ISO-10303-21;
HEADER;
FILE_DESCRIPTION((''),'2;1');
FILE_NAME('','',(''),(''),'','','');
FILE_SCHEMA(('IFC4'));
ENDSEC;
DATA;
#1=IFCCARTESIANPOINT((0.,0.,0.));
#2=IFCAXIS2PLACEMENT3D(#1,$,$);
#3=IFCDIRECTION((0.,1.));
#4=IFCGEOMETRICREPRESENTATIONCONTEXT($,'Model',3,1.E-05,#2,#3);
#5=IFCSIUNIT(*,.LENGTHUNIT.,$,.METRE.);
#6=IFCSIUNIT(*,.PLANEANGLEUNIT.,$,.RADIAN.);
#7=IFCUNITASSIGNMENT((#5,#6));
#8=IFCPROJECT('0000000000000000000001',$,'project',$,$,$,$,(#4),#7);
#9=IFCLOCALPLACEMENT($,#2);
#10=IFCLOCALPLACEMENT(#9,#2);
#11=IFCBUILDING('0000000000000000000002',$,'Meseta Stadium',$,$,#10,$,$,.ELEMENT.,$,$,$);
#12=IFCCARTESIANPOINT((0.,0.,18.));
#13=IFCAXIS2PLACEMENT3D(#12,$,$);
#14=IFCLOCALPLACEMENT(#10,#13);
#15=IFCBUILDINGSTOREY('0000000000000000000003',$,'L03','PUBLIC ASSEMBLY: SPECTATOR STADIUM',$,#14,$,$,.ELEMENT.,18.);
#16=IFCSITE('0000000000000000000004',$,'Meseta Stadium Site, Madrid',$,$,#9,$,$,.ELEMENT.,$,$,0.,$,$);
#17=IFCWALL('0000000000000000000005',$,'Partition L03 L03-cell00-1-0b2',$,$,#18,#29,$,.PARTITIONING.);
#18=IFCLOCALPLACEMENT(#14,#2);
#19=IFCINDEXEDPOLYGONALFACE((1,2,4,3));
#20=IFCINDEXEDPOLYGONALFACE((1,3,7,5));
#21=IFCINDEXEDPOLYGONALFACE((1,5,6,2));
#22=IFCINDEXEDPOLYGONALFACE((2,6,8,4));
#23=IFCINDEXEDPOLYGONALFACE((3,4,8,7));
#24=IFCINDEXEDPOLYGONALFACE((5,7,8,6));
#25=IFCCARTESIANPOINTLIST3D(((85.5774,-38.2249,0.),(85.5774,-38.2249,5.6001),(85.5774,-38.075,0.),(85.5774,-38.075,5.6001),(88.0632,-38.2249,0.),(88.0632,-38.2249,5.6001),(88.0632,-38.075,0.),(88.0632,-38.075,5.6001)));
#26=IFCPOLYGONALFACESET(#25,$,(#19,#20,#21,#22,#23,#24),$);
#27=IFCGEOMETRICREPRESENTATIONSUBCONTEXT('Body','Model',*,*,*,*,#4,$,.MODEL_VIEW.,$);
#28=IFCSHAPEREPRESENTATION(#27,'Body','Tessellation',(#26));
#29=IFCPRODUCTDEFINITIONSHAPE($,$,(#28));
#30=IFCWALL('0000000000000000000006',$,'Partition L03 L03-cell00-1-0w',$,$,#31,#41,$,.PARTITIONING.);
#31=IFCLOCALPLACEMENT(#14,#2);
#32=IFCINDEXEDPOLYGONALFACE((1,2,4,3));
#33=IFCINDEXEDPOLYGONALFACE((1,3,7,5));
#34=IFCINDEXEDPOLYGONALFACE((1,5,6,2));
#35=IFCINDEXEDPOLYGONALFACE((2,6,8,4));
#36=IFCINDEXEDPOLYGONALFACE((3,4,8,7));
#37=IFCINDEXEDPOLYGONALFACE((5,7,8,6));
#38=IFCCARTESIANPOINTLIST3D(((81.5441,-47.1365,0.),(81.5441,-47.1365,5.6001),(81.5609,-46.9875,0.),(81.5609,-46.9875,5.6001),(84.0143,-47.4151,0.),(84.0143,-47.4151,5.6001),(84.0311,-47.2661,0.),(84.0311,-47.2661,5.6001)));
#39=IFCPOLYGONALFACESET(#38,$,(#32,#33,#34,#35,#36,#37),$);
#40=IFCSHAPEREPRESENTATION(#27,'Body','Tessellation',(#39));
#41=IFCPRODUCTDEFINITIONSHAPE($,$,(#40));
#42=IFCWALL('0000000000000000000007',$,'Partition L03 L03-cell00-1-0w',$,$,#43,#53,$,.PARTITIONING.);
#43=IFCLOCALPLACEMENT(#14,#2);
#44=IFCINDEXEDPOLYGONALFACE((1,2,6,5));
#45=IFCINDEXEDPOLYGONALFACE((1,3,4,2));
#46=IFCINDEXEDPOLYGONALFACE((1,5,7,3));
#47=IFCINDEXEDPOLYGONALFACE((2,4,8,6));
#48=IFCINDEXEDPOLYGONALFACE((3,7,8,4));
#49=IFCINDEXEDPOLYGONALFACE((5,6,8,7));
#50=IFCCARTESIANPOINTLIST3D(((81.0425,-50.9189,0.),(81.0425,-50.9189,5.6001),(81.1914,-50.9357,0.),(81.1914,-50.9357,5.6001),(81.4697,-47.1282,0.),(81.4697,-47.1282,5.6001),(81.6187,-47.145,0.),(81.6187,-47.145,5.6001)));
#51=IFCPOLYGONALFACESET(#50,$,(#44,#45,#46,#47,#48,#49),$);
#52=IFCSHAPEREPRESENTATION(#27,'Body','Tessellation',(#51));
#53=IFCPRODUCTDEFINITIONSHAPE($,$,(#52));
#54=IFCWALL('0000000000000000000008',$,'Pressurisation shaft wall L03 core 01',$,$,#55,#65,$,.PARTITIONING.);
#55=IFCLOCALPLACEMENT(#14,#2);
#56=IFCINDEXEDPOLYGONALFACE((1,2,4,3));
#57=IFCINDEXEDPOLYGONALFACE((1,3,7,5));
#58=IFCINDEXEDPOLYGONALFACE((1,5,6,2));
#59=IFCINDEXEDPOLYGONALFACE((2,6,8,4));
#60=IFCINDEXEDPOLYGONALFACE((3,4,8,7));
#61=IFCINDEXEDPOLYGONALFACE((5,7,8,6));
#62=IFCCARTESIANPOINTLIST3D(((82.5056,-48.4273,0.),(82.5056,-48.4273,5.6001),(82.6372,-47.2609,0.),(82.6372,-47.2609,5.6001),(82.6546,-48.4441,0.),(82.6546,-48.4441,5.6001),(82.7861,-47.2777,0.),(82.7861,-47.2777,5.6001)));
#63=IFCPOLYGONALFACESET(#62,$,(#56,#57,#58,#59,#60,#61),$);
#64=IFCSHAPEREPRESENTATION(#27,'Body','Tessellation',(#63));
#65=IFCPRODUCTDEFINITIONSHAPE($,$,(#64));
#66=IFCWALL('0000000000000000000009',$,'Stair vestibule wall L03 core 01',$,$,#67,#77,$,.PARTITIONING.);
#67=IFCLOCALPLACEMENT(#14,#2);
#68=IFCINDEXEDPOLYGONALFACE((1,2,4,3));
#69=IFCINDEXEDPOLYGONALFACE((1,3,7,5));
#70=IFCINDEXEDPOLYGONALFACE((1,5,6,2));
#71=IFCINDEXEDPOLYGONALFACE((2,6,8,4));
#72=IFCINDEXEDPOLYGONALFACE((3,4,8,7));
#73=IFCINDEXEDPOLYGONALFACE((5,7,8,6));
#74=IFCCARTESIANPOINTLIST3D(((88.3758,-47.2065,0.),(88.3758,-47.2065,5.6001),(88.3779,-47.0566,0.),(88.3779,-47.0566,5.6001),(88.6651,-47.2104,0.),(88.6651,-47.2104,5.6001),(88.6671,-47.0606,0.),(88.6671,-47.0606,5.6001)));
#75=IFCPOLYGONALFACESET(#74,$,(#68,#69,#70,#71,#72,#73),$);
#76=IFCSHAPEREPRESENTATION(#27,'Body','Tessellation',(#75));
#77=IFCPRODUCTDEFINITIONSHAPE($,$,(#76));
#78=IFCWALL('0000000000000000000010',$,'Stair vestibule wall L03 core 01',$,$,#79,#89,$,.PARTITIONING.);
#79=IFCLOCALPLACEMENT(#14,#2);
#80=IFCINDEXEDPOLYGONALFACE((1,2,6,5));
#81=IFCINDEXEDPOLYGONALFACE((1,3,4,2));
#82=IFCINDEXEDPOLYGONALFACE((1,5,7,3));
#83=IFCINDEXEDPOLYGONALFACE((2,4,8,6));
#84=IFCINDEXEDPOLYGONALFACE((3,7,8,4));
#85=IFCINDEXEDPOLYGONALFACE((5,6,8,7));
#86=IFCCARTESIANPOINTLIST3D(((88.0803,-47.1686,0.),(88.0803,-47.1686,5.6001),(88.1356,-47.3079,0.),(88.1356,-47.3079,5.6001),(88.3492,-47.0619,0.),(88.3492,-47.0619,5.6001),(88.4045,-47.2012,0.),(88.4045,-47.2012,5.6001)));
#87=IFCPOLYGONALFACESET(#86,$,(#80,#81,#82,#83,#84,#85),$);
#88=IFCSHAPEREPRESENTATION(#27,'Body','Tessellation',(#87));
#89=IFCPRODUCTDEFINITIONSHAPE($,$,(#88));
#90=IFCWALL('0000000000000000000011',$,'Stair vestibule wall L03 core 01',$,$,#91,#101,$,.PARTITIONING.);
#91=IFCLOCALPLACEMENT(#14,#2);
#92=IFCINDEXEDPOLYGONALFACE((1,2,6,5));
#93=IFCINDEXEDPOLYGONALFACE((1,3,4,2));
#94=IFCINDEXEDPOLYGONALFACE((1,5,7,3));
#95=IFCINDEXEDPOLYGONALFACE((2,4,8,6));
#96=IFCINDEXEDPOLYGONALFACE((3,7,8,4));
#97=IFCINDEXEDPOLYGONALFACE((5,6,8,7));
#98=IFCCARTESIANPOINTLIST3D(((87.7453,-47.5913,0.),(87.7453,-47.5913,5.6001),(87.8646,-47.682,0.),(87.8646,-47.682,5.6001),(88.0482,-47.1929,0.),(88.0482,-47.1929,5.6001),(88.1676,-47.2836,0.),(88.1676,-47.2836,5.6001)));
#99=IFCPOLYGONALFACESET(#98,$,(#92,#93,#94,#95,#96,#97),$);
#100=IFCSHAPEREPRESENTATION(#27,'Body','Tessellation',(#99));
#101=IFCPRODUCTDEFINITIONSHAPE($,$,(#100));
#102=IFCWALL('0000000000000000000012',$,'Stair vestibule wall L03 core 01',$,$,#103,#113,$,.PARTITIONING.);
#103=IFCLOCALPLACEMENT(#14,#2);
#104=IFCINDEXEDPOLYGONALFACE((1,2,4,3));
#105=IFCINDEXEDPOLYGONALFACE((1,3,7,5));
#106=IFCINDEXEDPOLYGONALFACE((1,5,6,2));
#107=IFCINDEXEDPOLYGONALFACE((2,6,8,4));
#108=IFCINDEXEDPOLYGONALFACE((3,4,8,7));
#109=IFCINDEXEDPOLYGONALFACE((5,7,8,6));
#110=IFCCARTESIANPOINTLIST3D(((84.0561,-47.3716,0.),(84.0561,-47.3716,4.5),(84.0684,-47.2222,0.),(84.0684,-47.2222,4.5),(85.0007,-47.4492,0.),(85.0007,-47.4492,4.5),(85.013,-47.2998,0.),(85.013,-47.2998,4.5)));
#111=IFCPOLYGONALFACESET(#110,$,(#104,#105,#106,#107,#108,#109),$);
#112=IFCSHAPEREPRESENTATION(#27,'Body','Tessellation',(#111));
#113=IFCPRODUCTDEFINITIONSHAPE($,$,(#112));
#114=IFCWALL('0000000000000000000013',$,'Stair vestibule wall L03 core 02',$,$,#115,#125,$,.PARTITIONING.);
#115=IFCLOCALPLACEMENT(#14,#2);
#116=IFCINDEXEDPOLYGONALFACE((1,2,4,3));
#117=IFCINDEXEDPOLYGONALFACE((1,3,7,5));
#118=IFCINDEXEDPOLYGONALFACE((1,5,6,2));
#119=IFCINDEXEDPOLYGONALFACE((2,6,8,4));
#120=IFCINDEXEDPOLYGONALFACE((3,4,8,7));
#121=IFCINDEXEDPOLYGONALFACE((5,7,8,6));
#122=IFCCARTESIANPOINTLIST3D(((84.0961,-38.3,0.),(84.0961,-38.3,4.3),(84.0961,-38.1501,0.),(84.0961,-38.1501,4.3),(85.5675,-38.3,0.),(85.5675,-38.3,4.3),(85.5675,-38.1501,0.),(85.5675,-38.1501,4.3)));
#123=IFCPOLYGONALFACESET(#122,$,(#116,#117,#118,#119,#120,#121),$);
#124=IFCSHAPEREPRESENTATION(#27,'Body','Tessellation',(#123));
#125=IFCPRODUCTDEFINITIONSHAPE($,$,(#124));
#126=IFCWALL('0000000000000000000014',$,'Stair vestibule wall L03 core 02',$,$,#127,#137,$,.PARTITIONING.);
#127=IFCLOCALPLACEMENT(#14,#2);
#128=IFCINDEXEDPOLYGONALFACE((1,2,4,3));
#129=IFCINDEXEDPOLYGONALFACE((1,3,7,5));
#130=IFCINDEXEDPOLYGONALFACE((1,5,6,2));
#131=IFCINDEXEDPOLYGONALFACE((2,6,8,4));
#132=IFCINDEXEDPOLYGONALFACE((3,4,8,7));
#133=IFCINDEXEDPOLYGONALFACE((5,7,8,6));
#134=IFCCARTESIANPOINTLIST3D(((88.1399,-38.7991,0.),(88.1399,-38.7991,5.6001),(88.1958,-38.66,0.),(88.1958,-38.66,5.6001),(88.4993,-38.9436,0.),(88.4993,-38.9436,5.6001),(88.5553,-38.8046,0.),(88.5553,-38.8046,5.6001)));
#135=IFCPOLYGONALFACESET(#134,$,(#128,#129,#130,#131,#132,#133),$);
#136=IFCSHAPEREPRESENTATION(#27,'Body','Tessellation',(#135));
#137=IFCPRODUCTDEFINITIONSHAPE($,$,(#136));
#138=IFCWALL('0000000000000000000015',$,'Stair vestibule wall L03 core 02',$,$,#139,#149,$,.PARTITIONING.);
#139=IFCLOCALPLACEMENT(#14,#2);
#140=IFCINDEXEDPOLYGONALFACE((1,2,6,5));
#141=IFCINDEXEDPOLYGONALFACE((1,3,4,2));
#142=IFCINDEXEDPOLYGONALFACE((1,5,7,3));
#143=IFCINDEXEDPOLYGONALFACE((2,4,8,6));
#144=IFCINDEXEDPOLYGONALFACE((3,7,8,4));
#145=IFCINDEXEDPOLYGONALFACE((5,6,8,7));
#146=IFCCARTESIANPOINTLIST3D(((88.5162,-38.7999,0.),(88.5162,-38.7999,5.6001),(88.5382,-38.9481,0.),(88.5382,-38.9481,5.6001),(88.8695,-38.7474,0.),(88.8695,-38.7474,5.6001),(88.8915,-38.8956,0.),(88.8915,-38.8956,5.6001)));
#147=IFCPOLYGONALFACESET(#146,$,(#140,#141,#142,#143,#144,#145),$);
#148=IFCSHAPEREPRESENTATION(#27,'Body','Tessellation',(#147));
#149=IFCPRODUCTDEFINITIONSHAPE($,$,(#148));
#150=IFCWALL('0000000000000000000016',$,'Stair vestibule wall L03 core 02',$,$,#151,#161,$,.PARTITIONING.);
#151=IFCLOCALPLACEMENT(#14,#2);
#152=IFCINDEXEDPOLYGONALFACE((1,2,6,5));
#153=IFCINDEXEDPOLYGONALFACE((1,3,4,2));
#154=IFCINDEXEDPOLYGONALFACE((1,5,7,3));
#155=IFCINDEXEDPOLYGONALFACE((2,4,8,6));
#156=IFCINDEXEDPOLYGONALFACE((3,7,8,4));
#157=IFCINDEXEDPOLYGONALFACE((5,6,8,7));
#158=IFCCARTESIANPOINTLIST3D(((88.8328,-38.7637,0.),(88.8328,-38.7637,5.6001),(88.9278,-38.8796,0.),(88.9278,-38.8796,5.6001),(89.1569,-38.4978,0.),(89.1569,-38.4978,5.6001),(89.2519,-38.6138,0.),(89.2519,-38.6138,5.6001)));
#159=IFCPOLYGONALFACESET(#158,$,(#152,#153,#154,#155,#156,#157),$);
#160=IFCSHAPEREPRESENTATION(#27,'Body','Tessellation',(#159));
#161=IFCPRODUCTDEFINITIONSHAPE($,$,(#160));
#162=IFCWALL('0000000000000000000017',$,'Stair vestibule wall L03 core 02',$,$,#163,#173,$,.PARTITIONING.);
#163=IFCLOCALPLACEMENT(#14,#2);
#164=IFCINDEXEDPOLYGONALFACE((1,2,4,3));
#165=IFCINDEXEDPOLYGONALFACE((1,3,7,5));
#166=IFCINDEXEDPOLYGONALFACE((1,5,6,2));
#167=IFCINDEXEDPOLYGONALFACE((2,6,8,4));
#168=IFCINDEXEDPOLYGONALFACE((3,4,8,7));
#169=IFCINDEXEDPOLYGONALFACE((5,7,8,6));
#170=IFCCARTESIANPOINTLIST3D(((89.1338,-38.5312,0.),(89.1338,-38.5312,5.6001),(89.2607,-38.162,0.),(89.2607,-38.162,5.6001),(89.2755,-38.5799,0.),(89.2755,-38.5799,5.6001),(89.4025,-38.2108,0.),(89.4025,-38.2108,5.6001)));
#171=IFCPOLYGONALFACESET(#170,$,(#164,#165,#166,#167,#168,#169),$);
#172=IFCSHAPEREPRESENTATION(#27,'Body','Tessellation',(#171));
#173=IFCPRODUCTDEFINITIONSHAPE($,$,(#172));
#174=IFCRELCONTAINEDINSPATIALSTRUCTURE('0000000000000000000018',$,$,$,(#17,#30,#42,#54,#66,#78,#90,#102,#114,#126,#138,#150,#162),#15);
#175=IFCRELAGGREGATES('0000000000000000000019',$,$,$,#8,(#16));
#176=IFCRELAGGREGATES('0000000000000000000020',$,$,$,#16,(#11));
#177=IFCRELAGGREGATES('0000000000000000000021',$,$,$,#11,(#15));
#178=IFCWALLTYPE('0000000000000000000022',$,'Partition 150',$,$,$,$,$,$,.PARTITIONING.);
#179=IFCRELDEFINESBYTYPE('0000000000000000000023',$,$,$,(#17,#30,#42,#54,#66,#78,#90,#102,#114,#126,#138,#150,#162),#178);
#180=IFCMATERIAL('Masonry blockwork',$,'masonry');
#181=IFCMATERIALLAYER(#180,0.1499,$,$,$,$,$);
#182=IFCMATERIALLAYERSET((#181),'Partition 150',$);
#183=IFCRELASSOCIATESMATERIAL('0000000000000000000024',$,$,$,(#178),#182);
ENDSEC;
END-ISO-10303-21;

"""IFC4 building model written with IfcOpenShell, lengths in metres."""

from ifc_helpers import new_model, si_unit, direction, frame, frame_2d, origin, place, context, subcontext, project, spatial, rectangle, extrude, material, layer, layer_set, type_object, element, save


model = new_model("IFC4")

# Units and contexts
model_context = context("Model", 3, precision=1e-05, world=origin(), true_north=direction((0.0, 1.0)))
body_context = subcontext(model_context, "Body", "Model", "MODEL_VIEW")
ifc_project = project(units=[si_unit("LENGTHUNIT", "METRE"), si_unit("PLANEANGLEUNIT", "RADIAN")], contexts=[model_context])

# Site, building, storey
site_placement = place(None, origin())
site = spatial("IfcSite", under=ifc_project, at=site_placement, Name="Meseta Stadium Site, Madrid", CompositionType="ELEMENT", RefElevation=0.0)
building_placement = place(site_placement, origin())
building = spatial("IfcBuilding", under=site, at=building_placement, Name="Meseta Stadium", CompositionType="ELEMENT")
storey_placement = place(building_placement, frame((0.0, 0.0, 18.0)))
storey = spatial("IfcBuildingStorey", under=building, at=storey_placement, Name="L03", Description="PUBLIC ASSEMBLY: SPECTATOR STADIUM", CompositionType="ELEMENT", Elevation=18.0)

# Walls
ifc_material_1 = material(Name="Masonry blockwork", Category="masonry")
ifc_layer_1 = layer(ifc_material_1, 0.1499)
ifc_layer_set_1 = layer_set([ifc_layer_1], Name="Partition 150")
wall_type_1 = type_object("IfcWallType", Name="Partition 150", PredefinedType="PARTITIONING", material=ifc_layer_set_1)
for number, where, z_axis, x_axis, name in (
    (1, (85.5774, -38.1499, 0.0), (0.0, 0.0, 1.0), (1.0, 0.0, 0.0), "Partition L03 L03-cell00-1-0b2"),
    (2, (84.0227, -47.3406, 0.0), (0.0, 0.0, 1.0), (-0.993702, 0.112059, 0.0), "Partition L03 L03-cell00-1-0w"),
):
    element("IfcWall", number, at=place(storey_placement, frame(where, z_axis=z_axis, x_axis=x_axis)), inside=storey, type_object=wall_type_1, Name=name, PredefinedType="PARTITIONING", context=body_context, shape_type="SweptSolid", body=[
        extrude(rectangle(XDim=2.4858, YDim=0.1499, at=frame_2d((1.2429, 0.0))), origin(), (0.0, 0.0, 1.0), 5.6001),
    ])
wall_1_placement = place(storey_placement, frame((81.5442, -47.1367, 0.0), z_axis=(0.0, 0.0, 1.0), x_axis=(-0.111998, -0.993708, 0.0)))
element("IfcWall", 3, at=wall_1_placement, inside=storey, type_object=wall_type_1, Name="Partition L03 L03-cell00-1-0w", PredefinedType="PARTITIONING", context=body_context, shape_type="SweptSolid", body=[
    extrude(rectangle(XDim=3.8147, YDim=0.1499, at=frame_2d((1.9072, 0.0))), origin(), (0.0, 0.0, 1.0), 5.6001),
])
wall_2_placement = place(storey_placement, frame((82.7117, -47.2693, 0.0), z_axis=(0.0, 0.0, 1.0), x_axis=(-0.112098, -0.993697, 0.0)))
element("IfcWall", 4, at=wall_2_placement, inside=storey, type_object=wall_type_1, Name="Pressurisation shaft wall L03 core 01", PredefinedType="PARTITIONING", context=body_context, shape_type="SweptSolid", body=[
    extrude(rectangle(XDim=1.1738, YDim=0.1499, at=frame_2d((0.5869, 0.0))), origin(), (0.0, 0.0, 1.0), 5.6001),
])
for number, where, z_axis, x_axis, name in (
    (5, (88.666, -47.1355, 0.0), (0.0, 0.0, 1.0), (-0.999909, 0.013501, 0.0), "Stair vestibule wall L03 core 01"),
    (6, (88.3767, -47.1316, 0.0), (0.0, 0.0, 1.0), (-0.929463, -0.368915, 0.0), "Stair vestibule wall L03 core 01"),
):
    element("IfcWall", number, at=place(storey_placement, frame(where, z_axis=z_axis, x_axis=x_axis)), inside=storey, type_object=wall_type_1, Name=name, PredefinedType="PARTITIONING", context=body_context, shape_type="SweptSolid", body=[
        extrude(rectangle(XDim=0.2893, YDim=0.1499, at=frame_2d((0.1445, 0.0))), origin(), (0.0, 0.0, 1.0), 5.6001),
    ])
wall_3_placement = place(storey_placement, frame((88.1079, -47.2383, 0.0), z_axis=(0.0, 0.0, 1.0), x_axis=(-0.605293, -0.796002, 0.0)))
element("IfcWall", 7, at=wall_3_placement, inside=storey, type_object=wall_type_1, Name="Stair vestibule wall L03 core 01", PredefinedType="PARTITIONING", context=body_context, shape_type="SweptSolid", body=[
    extrude(rectangle(XDim=0.5005, YDim=0.1499, at=frame_2d((0.2502, 0.0))), origin(), (0.0, 0.0, 1.0), 5.6001),
])
wall_4_placement = place(storey_placement, frame((85.0068, -47.3745, 0.0), z_axis=(0.0, 0.0, 1.0), x_axis=(-0.996639, 0.081916, 0.0)))
element("IfcWall", 8, at=wall_4_placement, inside=storey, type_object=wall_type_1, Name="Stair vestibule wall L03 core 01", PredefinedType="PARTITIONING", context=body_context, shape_type="SweptSolid", body=[
    extrude(rectangle(XDim=0.9478, YDim=0.1499, at=frame_2d((0.4739, 0.0))), origin(), (0.0, 0.0, 1.0), 4.5),
])
wall_5_placement = place(storey_placement, frame((84.0959, -38.2251, 0.0), z_axis=(0.0, 0.0, 1.0), x_axis=(1.0, 0.0, 0.0)))
element("IfcWall", 9, at=wall_5_placement, inside=storey, type_object=wall_type_1, Name="Stair vestibule wall L03 core 02", PredefinedType="PARTITIONING", context=body_context, shape_type="SweptSolid", body=[
    extrude(rectangle(XDim=1.4714, YDim=0.1499, at=frame_2d((0.7358, 0.0))), origin(), (0.0, 0.0, 1.0), 4.3),
])
wall_6_placement = place(storey_placement, frame((88.1677, -38.7295, 0.0), z_axis=(0.0, 0.0, 1.0), x_axis=(0.92778, -0.373129, 0.0)))
element("IfcWall", 10, at=wall_6_placement, inside=storey, type_object=wall_type_1, Name="Stair vestibule wall L03 core 02", PredefinedType="PARTITIONING", context=body_context, shape_type="SweptSolid", body=[
    extrude(rectangle(XDim=0.3875, YDim=0.1499, at=frame_2d((0.1938, 0.0))), origin(), (0.0, 0.0, 1.0), 5.6001),
])
wall_7_placement = place(storey_placement, frame((88.5271, -38.874, 0.0), z_axis=(0.0, 0.0, 1.0), x_axis=(0.989141, 0.14697, 0.0)))
element("IfcWall", 11, at=wall_7_placement, inside=storey, type_object=wall_type_1, Name="Stair vestibule wall L03 core 02", PredefinedType="PARTITIONING", context=body_context, shape_type="SweptSolid", body=[
    extrude(rectangle(XDim=0.3572, YDim=0.1499, at=frame_2d((0.1787, 0.0))), origin(), (0.0, 0.0, 1.0), 5.6001),
])
wall_8_placement = place(storey_placement, frame((88.8804, -38.8215, 0.0), z_axis=(0.0, 0.0, 1.0), x_axis=(0.773256, 0.634094, 0.0)))
element("IfcWall", 12, at=wall_8_placement, inside=storey, type_object=wall_type_1, Name="Stair vestibule wall L03 core 02", PredefinedType="PARTITIONING", context=body_context, shape_type="SweptSolid", body=[
    extrude(rectangle(XDim=0.4192, YDim=0.1499, at=frame_2d((0.2095, 0.0))), origin(), (0.0, 0.0, 1.0), 5.6001),
])
wall_9_placement = place(storey_placement, frame((89.2046, -38.5557, 0.0), z_axis=(0.0, 0.0, 1.0), x_axis=(0.32522, 0.945639, 0.0)))
element("IfcWall", 13, at=wall_9_placement, inside=storey, type_object=wall_type_1, Name="Stair vestibule wall L03 core 02", PredefinedType="PARTITIONING", context=body_context, shape_type="SweptSolid", body=[
    extrude(rectangle(XDim=0.3904, YDim=0.1499, at=frame_2d((0.1953, 0.0))), origin(), (0.0, 0.0, 1.0), 5.6001),
])

save(model, "model.ifc")
